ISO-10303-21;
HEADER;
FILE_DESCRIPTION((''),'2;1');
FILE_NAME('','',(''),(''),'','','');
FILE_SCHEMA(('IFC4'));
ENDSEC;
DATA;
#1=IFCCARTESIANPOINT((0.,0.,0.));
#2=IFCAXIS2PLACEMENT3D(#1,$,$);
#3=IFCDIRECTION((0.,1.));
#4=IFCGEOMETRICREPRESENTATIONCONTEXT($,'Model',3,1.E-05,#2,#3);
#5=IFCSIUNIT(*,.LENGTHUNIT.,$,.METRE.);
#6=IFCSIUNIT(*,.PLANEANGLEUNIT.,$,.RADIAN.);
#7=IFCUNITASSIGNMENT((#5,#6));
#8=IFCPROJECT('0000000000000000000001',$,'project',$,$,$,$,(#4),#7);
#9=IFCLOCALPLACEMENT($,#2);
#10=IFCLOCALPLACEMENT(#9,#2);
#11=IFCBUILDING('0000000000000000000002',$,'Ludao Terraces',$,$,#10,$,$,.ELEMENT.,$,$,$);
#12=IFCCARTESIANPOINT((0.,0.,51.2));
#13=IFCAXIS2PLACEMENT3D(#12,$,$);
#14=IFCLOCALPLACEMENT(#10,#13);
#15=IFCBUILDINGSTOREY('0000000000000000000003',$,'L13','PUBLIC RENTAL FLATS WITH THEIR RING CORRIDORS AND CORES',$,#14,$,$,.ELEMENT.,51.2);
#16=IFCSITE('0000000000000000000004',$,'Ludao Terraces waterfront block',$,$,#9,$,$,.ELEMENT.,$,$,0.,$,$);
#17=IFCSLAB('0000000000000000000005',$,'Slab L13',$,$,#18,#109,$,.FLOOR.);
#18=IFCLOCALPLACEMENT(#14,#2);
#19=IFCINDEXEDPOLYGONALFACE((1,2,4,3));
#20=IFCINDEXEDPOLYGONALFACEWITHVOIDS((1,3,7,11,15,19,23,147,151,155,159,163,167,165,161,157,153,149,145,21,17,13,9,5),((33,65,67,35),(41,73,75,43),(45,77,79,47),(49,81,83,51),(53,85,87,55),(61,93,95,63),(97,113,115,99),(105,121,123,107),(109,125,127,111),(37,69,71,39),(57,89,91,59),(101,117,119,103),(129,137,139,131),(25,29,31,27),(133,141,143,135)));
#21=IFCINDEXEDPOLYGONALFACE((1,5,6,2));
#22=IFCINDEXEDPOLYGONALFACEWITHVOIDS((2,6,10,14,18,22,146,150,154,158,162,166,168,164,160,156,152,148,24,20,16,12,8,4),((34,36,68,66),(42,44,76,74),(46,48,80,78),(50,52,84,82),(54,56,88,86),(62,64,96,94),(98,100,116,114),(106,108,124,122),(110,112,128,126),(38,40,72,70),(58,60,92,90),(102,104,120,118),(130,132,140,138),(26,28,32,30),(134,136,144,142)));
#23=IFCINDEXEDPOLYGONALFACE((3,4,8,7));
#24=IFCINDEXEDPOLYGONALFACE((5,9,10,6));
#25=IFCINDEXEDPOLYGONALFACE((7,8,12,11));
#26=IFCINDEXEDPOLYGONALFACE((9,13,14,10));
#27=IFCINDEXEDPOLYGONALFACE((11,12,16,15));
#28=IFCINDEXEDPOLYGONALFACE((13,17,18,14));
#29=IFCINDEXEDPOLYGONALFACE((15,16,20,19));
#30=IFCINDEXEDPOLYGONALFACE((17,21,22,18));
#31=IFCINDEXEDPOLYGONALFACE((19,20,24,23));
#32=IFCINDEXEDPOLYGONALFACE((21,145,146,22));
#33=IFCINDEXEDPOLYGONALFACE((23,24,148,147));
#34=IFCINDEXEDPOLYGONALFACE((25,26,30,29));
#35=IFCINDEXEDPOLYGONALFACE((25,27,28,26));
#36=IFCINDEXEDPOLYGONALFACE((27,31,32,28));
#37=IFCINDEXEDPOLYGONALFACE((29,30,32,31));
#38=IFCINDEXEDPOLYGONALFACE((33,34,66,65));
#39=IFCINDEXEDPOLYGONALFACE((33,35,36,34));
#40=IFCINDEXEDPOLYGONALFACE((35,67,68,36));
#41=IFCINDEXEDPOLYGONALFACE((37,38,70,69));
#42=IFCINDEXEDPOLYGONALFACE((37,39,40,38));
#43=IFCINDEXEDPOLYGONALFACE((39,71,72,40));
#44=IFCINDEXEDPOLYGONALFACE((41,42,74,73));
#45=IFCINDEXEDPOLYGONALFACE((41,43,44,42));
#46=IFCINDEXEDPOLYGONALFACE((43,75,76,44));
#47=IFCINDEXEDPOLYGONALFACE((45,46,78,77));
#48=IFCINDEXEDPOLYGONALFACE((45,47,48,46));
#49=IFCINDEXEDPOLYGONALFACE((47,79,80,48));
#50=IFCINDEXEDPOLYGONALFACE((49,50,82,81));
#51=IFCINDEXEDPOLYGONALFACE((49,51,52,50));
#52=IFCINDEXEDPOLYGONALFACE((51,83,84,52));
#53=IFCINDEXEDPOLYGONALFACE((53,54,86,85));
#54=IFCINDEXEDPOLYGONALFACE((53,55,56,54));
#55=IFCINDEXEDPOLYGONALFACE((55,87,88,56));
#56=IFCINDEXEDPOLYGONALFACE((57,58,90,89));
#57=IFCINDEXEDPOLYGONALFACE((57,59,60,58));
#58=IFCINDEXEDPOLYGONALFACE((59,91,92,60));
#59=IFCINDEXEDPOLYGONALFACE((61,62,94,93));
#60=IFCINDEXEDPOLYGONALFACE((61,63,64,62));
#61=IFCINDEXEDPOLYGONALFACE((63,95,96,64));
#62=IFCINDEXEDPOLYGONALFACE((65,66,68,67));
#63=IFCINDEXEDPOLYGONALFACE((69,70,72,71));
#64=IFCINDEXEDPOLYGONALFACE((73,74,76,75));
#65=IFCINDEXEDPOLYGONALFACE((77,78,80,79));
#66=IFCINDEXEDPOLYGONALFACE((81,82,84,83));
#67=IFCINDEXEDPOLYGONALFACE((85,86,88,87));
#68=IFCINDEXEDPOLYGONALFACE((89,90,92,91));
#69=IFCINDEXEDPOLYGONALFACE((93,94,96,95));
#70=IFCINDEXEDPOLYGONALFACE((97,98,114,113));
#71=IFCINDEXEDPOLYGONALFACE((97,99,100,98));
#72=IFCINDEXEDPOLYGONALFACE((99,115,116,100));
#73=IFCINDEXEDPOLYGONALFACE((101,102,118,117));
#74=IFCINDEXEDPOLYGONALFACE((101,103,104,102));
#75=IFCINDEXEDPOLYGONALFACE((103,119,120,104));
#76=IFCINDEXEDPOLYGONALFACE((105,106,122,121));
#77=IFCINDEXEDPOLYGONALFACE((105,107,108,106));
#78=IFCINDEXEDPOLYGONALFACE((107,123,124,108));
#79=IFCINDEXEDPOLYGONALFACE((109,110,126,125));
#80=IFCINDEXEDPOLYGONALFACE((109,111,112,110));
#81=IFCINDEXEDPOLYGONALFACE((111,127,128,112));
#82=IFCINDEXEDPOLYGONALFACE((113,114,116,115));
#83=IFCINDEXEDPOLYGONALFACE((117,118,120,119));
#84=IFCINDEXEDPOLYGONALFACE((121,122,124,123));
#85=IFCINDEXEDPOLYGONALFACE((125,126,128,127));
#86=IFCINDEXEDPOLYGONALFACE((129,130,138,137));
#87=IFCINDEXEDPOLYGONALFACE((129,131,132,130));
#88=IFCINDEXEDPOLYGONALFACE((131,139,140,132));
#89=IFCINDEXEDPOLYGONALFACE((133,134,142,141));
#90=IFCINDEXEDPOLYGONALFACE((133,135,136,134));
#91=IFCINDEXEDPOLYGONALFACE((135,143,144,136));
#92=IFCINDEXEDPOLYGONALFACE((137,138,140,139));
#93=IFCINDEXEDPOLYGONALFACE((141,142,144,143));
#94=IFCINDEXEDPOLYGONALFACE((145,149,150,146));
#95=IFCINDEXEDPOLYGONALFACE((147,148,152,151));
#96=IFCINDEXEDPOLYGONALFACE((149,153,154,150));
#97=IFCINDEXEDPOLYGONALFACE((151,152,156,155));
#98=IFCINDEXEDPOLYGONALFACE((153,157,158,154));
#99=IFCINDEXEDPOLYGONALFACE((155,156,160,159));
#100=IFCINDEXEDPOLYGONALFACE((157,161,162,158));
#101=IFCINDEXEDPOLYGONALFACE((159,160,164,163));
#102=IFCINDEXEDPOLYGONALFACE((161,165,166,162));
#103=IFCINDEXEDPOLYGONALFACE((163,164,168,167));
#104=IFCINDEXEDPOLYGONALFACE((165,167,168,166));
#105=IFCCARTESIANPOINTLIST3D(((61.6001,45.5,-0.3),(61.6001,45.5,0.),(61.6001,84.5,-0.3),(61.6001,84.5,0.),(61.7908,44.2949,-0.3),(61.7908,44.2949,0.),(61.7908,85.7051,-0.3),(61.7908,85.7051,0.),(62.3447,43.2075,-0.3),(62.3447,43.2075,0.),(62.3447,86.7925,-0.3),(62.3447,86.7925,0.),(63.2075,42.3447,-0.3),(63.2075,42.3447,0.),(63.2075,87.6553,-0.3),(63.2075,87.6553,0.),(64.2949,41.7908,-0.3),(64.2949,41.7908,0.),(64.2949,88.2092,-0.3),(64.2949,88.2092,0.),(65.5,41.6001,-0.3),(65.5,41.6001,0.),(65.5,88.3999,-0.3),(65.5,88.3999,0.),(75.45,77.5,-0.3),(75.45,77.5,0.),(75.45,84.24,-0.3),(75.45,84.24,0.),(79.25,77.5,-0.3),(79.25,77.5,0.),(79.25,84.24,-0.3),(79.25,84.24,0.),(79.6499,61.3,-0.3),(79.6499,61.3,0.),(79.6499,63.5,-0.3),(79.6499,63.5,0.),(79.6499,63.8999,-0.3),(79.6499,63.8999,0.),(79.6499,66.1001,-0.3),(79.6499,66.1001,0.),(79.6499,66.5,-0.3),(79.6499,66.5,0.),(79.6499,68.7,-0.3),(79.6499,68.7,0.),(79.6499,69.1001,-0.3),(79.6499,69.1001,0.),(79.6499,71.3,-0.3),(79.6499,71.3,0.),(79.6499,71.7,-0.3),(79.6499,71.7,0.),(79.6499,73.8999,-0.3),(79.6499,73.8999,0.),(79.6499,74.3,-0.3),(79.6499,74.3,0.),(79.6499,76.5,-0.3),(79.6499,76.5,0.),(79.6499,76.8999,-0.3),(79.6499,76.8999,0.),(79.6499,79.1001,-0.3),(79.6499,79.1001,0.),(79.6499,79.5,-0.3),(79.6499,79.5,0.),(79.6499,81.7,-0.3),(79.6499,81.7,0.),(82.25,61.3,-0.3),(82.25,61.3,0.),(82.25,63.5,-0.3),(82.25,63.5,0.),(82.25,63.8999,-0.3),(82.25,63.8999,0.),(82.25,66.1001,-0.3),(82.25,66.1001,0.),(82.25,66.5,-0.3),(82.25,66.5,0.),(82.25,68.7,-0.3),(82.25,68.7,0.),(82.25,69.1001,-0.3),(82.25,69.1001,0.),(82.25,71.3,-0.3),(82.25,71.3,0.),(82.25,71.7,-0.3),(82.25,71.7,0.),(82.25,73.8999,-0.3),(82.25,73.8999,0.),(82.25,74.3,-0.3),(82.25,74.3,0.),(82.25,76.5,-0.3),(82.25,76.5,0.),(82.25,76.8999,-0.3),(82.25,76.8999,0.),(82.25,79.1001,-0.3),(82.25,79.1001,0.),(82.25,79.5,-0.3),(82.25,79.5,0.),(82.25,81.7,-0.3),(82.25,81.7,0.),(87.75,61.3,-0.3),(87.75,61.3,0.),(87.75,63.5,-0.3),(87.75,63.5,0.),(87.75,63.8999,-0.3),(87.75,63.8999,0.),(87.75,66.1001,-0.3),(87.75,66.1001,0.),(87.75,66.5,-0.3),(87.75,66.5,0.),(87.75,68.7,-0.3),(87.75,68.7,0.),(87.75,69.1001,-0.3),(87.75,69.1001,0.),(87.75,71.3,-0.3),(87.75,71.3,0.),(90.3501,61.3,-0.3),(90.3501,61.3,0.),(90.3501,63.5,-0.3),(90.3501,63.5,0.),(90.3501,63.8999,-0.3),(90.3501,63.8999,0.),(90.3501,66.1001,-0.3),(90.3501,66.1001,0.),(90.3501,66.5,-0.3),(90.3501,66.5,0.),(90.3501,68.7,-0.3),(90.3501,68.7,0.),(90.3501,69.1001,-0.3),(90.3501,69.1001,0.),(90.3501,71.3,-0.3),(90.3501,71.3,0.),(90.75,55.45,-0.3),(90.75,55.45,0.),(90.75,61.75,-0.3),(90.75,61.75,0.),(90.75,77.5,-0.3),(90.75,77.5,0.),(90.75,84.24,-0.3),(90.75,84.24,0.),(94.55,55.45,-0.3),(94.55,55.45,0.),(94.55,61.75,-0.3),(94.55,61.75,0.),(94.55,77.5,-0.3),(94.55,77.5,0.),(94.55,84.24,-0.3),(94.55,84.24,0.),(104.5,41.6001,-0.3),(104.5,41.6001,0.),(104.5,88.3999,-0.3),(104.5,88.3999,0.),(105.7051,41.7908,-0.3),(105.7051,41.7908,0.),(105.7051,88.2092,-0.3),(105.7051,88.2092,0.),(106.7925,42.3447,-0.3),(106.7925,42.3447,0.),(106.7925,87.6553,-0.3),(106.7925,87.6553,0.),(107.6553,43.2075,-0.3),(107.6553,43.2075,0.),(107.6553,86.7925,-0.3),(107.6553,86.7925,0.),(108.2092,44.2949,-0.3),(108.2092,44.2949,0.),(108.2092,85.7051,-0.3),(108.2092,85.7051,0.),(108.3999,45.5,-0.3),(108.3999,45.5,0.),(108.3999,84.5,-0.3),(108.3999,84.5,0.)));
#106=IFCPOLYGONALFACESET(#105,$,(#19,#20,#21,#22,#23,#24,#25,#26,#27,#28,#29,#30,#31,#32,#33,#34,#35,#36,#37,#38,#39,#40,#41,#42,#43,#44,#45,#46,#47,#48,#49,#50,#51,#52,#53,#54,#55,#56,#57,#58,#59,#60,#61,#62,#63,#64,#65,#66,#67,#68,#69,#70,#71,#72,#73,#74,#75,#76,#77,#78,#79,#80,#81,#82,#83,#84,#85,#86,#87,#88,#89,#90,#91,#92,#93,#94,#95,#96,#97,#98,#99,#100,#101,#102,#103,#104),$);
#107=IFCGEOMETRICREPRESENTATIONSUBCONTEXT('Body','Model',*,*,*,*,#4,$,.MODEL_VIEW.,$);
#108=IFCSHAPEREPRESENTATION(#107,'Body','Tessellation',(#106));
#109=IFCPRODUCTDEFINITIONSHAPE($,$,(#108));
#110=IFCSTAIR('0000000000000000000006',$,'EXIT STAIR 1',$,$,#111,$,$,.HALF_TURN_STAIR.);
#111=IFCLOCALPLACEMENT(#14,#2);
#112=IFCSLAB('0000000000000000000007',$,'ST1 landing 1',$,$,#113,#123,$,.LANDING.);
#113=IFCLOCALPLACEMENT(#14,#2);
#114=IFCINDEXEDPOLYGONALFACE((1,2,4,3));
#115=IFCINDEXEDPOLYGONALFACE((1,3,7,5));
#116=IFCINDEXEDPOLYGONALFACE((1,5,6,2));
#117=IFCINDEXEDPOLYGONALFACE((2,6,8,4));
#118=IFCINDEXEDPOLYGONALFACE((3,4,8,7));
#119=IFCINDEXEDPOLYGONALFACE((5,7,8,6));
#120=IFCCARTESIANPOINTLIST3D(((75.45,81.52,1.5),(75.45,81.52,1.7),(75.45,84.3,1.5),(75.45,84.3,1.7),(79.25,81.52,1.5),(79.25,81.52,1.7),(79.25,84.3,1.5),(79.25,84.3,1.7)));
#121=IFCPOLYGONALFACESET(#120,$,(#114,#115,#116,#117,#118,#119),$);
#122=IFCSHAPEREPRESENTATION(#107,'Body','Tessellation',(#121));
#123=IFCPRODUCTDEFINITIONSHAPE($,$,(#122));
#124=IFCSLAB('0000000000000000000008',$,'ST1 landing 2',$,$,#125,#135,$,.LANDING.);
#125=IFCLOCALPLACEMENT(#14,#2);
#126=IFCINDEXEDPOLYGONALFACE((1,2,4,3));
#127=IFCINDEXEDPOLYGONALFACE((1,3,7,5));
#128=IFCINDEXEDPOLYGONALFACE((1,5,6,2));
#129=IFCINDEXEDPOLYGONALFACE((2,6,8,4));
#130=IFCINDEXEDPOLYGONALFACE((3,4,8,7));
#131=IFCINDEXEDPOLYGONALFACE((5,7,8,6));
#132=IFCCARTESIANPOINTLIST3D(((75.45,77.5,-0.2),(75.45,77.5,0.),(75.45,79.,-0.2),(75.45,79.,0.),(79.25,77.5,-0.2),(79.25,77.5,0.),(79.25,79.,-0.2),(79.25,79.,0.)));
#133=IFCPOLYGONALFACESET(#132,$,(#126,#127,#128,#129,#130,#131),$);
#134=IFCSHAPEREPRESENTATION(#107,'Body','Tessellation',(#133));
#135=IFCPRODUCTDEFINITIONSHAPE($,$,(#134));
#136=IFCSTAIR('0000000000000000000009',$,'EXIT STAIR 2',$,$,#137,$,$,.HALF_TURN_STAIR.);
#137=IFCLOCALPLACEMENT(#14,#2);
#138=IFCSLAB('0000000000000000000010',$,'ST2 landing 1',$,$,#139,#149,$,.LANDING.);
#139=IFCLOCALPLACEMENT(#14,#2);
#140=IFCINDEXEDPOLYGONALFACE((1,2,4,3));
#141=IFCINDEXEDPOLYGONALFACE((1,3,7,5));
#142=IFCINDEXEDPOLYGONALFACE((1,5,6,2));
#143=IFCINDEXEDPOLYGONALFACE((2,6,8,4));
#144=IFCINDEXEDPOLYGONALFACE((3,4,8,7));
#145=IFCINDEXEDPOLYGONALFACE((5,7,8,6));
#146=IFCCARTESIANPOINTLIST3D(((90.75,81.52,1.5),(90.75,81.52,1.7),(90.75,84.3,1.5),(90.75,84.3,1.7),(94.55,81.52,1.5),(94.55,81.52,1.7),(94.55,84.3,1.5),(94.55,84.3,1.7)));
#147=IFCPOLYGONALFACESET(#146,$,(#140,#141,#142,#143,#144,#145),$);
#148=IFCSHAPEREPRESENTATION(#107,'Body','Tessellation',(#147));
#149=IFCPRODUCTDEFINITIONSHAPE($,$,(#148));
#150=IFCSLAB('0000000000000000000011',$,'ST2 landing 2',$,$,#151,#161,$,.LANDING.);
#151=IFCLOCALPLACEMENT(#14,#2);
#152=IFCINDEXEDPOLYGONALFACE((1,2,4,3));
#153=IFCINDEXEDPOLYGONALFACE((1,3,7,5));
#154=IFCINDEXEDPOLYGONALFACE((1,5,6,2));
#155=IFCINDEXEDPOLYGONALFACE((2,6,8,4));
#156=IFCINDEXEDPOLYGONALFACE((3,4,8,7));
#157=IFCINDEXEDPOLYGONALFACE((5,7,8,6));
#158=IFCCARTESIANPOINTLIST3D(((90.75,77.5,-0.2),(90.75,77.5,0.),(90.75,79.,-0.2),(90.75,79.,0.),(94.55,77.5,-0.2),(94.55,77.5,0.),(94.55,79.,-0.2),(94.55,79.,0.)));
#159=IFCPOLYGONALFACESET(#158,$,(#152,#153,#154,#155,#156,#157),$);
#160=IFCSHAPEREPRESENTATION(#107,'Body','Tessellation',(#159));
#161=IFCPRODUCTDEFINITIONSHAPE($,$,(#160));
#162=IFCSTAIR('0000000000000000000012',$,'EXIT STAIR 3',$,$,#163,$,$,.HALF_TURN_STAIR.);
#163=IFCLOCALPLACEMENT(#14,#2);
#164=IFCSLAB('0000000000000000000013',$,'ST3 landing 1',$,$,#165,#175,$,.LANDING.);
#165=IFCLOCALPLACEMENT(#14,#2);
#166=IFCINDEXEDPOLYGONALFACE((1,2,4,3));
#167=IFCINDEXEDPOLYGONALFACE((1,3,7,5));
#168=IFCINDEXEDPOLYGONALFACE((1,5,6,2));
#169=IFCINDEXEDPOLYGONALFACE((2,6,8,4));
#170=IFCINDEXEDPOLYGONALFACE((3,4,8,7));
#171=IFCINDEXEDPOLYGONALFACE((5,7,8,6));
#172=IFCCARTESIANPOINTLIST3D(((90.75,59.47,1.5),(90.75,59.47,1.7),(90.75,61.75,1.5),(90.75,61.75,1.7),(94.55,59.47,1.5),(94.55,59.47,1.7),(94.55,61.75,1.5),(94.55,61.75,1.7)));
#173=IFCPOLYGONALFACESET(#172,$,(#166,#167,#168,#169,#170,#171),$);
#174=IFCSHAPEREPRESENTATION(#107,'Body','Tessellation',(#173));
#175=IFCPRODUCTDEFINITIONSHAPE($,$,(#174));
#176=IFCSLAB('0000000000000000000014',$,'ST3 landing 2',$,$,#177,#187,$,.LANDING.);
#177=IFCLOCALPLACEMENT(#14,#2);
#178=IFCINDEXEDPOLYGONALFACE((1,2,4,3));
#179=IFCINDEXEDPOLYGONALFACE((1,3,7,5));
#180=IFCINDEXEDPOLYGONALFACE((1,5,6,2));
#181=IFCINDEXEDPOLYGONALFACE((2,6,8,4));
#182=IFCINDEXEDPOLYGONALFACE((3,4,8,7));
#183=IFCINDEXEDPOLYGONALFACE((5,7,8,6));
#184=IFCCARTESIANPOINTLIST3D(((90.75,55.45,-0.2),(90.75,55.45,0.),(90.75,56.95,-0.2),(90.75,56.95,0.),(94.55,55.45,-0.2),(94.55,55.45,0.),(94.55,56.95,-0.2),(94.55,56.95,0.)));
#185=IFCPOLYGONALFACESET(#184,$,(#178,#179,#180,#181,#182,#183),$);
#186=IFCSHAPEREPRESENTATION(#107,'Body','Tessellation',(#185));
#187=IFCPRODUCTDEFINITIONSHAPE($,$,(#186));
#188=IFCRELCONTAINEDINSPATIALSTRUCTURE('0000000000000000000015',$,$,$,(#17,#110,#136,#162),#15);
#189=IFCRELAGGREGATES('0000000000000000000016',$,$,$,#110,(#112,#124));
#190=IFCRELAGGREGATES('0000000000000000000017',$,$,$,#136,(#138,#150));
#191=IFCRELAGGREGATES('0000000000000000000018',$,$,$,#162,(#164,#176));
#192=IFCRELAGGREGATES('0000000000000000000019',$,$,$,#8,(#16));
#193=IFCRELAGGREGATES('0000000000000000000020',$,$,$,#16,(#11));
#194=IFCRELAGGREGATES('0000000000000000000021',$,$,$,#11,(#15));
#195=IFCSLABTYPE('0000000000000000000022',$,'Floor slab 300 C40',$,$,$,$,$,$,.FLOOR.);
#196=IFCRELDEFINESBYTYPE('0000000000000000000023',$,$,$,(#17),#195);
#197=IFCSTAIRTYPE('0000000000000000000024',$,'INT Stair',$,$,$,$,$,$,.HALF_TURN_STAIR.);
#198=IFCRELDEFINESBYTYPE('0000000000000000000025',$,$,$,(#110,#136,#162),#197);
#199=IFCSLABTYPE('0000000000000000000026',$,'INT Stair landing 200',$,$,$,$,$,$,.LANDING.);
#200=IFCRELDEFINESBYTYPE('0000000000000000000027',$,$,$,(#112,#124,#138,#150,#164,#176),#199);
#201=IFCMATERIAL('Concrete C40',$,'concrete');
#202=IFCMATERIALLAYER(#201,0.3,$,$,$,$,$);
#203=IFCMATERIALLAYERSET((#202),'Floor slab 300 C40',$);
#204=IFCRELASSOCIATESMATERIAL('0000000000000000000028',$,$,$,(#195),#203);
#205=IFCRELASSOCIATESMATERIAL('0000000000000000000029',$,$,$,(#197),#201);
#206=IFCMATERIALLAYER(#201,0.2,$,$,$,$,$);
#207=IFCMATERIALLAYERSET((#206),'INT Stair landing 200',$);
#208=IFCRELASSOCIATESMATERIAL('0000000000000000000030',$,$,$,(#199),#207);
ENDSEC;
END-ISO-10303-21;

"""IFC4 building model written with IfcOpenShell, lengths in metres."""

from ifc_helpers import new_model, si_unit, direction, frame, origin, place, context, subcontext, project, spatial, polyline, outline, extrude, material, layer, layer_set, type_object, element, aggregate, save


model = new_model("IFC4")

# Units and contexts
model_context = context("Model", 3, precision=1e-05, world=origin(), true_north=direction((0.0, 1.0)))
body_context = subcontext(model_context, "Body", "Model", "MODEL_VIEW")
ifc_project = project(units=[si_unit("LENGTHUNIT", "METRE"), si_unit("PLANEANGLEUNIT", "RADIAN")], contexts=[model_context])

# Site, building, storey
site_placement = place(None, origin())
site = spatial("IfcSite", under=ifc_project, at=site_placement, Name="Ludao Terraces waterfront block", CompositionType="ELEMENT", RefElevation=0.0)
building_placement = place(site_placement, origin())
building = spatial("IfcBuilding", under=site, at=building_placement, Name="Ludao Terraces", CompositionType="ELEMENT")
storey_placement = place(building_placement, frame((0.0, 0.0, 51.2)))
storey = spatial("IfcBuildingStorey", under=building, at=storey_placement, Name="L13", Description="PUBLIC RENTAL FLATS WITH THEIR RING CORRIDORS AND CORES", CompositionType="ELEMENT", Elevation=51.2)

# Shared definitions
ifc_material_1 = material(Name="Concrete C40", Category="concrete")

# Slab
ifc_layer_1 = layer(ifc_material_1, 0.3)
ifc_layer_set_1 = layer_set([ifc_layer_1], Name="Floor slab 300 C40")
slab_type_1 = type_object("IfcSlabType", Name="Floor slab 300 C40", PredefinedType="FLOOR", material=ifc_layer_set_1)
slab_1_placement = place(storey_placement, frame((0.0, 0.0, -0.3)))
element("IfcSlab", 1, at=slab_1_placement, inside=storey, type_object=slab_type_1, Name="Slab L13", PredefinedType="FLOOR", context=body_context, shape_type="SweptSolid", body=[
    extrude(outline(polyline([(104.5, 41.6001), (105.7051, 41.7908), (106.7925, 42.3447), (107.6553, 43.2075), (108.2092, 44.2949), (108.3999, 45.5), (108.3999, 84.5), (108.2092, 85.7051), (107.6553, 86.7925), (106.7925, 87.6553), (105.7051, 88.2092), (104.5, 88.3999), (65.5, 88.3999), (64.2949, 88.2092), (63.2075, 87.6553), (62.3447, 86.7925), (61.7908, 85.7051), (61.6001, 84.5), (61.6001, 45.5), (61.7908, 44.2949), (62.3447, 43.2075), (63.2075, 42.3447), (64.2949, 41.7908), (65.5, 41.6001), (104.5, 41.6001)]), holes=[polyline([(79.6499, 61.3), (82.25, 61.3), (82.25, 63.5), (79.6499, 63.5), (79.6499, 61.3)]), polyline([(79.6499, 63.8999), (82.25, 63.8999), (82.25, 66.1001), (79.6499, 66.1001), (79.6499, 63.8999)]), polyline([(79.6499, 66.5), (82.25, 66.5), (82.25, 68.7), (79.6499, 68.7), (79.6499, 66.5)]), polyline([(79.6499, 69.1001), (82.25, 69.1001), (82.25, 71.3), (79.6499, 71.3), (79.6499, 69.1001)]), polyline([(79.6499, 71.7), (82.25, 71.7), (82.25, 73.8999), (79.6499, 73.8999), (79.6499, 71.7)]), polyline([(79.6499, 74.3), (82.25, 74.3), (82.25, 76.5), (79.6499, 76.5), (79.6499, 74.3)]), polyline([(79.6499, 76.8999), (82.25, 76.8999), (82.25, 79.1001), (79.6499, 79.1001), (79.6499, 76.8999)]), polyline([(79.6499, 79.5), (82.25, 79.5), (82.25, 81.7), (79.6499, 81.7), (79.6499, 79.5)]), polyline([(87.75, 61.3), (90.3501, 61.3), (90.3501, 63.5), (87.75, 63.5), (87.75, 61.3)]), polyline([(87.75, 63.8999), (90.3501, 63.8999), (90.3501, 66.1001), (87.75, 66.1001), (87.75, 63.8999)]), polyline([(87.75, 66.5), (90.3501, 66.5), (90.3501, 68.7), (87.75, 68.7), (87.75, 66.5)]), polyline([(87.75, 69.1001), (90.3501, 69.1001), (90.3501, 71.3), (87.75, 71.3), (87.75, 69.1001)]), polyline([(75.45, 77.5), (79.25, 77.5), (79.25, 84.24), (75.45, 84.24), (75.45, 77.5)]), polyline([(90.75, 77.5), (94.55, 77.5), (94.55, 84.24), (90.75, 84.24), (90.75, 77.5)]), polyline([(90.75, 55.45), (94.55, 55.45), (94.55, 61.75), (90.75, 61.75), (90.75, 55.45)])]), origin(), (0.0, 0.0, 1.0), 0.3),
])

# Stairs, slabs
stair_type = type_object("IfcStairType", Name="INT Stair", PredefinedType="HALF_TURN_STAIR", material=ifc_material_1)
stair_1_placement = place(storey_placement, origin())
stair_1 = element("IfcStair", 2, at=stair_1_placement, inside=storey, type_object=stair_type, Name="EXIT STAIR 1", PredefinedType="HALF_TURN_STAIR")
ifc_layer_2 = layer(ifc_material_1, 0.2)
ifc_layer_set_2 = layer_set([ifc_layer_2], Name="INT Stair landing 200")
slab_type_2 = type_object("IfcSlabType", Name="INT Stair landing 200", PredefinedType="LANDING", material=ifc_layer_set_2)
slab_2_placement = place(storey_placement, frame((0.0, 0.0, 1.5)))
slab_2 = element("IfcSlab", 3, at=slab_2_placement, type_object=slab_type_2, Name="ST1 landing 1", PredefinedType="LANDING", context=body_context, shape_type="SweptSolid", body=[
    extrude(outline(polyline([(75.45, 81.52), (79.25, 81.52), (79.25, 84.3), (75.45, 84.3), (75.45, 81.52)])), origin(), (0.0, 0.0, 1.0), 0.2),
])
slab_3_placement = place(storey_placement, frame((0.0, 0.0, -0.2)))
slab_3 = element("IfcSlab", 4, at=slab_3_placement, type_object=slab_type_2, Name="ST1 landing 2", PredefinedType="LANDING", context=body_context, shape_type="SweptSolid", body=[
    extrude(outline(polyline([(75.45, 77.5), (79.25, 77.5), (79.25, 79.0), (75.45, 79.0), (75.45, 77.5)])), origin(), (0.0, 0.0, 1.0), 0.2),
])
aggregate(stair_1, [slab_2, slab_3])
stair_2_placement = place(storey_placement, origin())
stair_2 = element("IfcStair", 5, at=stair_2_placement, inside=storey, type_object=stair_type, Name="EXIT STAIR 2", PredefinedType="HALF_TURN_STAIR")
slab_4_placement = place(storey_placement, frame((0.0, 0.0, 1.5)))
slab_4 = element("IfcSlab", 6, at=slab_4_placement, type_object=slab_type_2, Name="ST2 landing 1", PredefinedType="LANDING", context=body_context, shape_type="SweptSolid", body=[
    extrude(outline(polyline([(90.75, 81.52), (94.55, 81.52), (94.55, 84.3), (90.75, 84.3), (90.75, 81.52)])), origin(), (0.0, 0.0, 1.0), 0.2),
])
slab_5_placement = place(storey_placement, frame((0.0, 0.0, -0.2)))
slab_5 = element("IfcSlab", 7, at=slab_5_placement, type_object=slab_type_2, Name="ST2 landing 2", PredefinedType="LANDING", context=body_context, shape_type="SweptSolid", body=[
    extrude(outline(polyline([(90.75, 77.5), (94.55, 77.5), (94.55, 79.0), (90.75, 79.0), (90.75, 77.5)])), origin(), (0.0, 0.0, 1.0), 0.2),
])
aggregate(stair_2, [slab_4, slab_5])
stair_3_placement = place(storey_placement, origin())
stair_3 = element("IfcStair", 8, at=stair_3_placement, inside=storey, type_object=stair_type, Name="EXIT STAIR 3", PredefinedType="HALF_TURN_STAIR")
slab_6_placement = place(storey_placement, frame((0.0, 0.0, 1.5)))
slab_6 = element("IfcSlab", 9, at=slab_6_placement, type_object=slab_type_2, Name="ST3 landing 1", PredefinedType="LANDING", context=body_context, shape_type="SweptSolid", body=[
    extrude(outline(polyline([(90.75, 59.47), (94.55, 59.47), (94.55, 61.75), (90.75, 61.75), (90.75, 59.47)])), origin(), (0.0, 0.0, 1.0), 0.2),
])
slab_7_placement = place(storey_placement, frame((0.0, 0.0, -0.2)))
slab_7 = element("IfcSlab", 10, at=slab_7_placement, type_object=slab_type_2, Name="ST3 landing 2", PredefinedType="LANDING", context=body_context, shape_type="SweptSolid", body=[
    extrude(outline(polyline([(90.75, 55.45), (94.55, 55.45), (94.55, 56.95), (90.75, 56.95), (90.75, 55.45)])), origin(), (0.0, 0.0, 1.0), 0.2),
])
aggregate(stair_3, [slab_6, slab_7])

save(model, "model.ifc")
